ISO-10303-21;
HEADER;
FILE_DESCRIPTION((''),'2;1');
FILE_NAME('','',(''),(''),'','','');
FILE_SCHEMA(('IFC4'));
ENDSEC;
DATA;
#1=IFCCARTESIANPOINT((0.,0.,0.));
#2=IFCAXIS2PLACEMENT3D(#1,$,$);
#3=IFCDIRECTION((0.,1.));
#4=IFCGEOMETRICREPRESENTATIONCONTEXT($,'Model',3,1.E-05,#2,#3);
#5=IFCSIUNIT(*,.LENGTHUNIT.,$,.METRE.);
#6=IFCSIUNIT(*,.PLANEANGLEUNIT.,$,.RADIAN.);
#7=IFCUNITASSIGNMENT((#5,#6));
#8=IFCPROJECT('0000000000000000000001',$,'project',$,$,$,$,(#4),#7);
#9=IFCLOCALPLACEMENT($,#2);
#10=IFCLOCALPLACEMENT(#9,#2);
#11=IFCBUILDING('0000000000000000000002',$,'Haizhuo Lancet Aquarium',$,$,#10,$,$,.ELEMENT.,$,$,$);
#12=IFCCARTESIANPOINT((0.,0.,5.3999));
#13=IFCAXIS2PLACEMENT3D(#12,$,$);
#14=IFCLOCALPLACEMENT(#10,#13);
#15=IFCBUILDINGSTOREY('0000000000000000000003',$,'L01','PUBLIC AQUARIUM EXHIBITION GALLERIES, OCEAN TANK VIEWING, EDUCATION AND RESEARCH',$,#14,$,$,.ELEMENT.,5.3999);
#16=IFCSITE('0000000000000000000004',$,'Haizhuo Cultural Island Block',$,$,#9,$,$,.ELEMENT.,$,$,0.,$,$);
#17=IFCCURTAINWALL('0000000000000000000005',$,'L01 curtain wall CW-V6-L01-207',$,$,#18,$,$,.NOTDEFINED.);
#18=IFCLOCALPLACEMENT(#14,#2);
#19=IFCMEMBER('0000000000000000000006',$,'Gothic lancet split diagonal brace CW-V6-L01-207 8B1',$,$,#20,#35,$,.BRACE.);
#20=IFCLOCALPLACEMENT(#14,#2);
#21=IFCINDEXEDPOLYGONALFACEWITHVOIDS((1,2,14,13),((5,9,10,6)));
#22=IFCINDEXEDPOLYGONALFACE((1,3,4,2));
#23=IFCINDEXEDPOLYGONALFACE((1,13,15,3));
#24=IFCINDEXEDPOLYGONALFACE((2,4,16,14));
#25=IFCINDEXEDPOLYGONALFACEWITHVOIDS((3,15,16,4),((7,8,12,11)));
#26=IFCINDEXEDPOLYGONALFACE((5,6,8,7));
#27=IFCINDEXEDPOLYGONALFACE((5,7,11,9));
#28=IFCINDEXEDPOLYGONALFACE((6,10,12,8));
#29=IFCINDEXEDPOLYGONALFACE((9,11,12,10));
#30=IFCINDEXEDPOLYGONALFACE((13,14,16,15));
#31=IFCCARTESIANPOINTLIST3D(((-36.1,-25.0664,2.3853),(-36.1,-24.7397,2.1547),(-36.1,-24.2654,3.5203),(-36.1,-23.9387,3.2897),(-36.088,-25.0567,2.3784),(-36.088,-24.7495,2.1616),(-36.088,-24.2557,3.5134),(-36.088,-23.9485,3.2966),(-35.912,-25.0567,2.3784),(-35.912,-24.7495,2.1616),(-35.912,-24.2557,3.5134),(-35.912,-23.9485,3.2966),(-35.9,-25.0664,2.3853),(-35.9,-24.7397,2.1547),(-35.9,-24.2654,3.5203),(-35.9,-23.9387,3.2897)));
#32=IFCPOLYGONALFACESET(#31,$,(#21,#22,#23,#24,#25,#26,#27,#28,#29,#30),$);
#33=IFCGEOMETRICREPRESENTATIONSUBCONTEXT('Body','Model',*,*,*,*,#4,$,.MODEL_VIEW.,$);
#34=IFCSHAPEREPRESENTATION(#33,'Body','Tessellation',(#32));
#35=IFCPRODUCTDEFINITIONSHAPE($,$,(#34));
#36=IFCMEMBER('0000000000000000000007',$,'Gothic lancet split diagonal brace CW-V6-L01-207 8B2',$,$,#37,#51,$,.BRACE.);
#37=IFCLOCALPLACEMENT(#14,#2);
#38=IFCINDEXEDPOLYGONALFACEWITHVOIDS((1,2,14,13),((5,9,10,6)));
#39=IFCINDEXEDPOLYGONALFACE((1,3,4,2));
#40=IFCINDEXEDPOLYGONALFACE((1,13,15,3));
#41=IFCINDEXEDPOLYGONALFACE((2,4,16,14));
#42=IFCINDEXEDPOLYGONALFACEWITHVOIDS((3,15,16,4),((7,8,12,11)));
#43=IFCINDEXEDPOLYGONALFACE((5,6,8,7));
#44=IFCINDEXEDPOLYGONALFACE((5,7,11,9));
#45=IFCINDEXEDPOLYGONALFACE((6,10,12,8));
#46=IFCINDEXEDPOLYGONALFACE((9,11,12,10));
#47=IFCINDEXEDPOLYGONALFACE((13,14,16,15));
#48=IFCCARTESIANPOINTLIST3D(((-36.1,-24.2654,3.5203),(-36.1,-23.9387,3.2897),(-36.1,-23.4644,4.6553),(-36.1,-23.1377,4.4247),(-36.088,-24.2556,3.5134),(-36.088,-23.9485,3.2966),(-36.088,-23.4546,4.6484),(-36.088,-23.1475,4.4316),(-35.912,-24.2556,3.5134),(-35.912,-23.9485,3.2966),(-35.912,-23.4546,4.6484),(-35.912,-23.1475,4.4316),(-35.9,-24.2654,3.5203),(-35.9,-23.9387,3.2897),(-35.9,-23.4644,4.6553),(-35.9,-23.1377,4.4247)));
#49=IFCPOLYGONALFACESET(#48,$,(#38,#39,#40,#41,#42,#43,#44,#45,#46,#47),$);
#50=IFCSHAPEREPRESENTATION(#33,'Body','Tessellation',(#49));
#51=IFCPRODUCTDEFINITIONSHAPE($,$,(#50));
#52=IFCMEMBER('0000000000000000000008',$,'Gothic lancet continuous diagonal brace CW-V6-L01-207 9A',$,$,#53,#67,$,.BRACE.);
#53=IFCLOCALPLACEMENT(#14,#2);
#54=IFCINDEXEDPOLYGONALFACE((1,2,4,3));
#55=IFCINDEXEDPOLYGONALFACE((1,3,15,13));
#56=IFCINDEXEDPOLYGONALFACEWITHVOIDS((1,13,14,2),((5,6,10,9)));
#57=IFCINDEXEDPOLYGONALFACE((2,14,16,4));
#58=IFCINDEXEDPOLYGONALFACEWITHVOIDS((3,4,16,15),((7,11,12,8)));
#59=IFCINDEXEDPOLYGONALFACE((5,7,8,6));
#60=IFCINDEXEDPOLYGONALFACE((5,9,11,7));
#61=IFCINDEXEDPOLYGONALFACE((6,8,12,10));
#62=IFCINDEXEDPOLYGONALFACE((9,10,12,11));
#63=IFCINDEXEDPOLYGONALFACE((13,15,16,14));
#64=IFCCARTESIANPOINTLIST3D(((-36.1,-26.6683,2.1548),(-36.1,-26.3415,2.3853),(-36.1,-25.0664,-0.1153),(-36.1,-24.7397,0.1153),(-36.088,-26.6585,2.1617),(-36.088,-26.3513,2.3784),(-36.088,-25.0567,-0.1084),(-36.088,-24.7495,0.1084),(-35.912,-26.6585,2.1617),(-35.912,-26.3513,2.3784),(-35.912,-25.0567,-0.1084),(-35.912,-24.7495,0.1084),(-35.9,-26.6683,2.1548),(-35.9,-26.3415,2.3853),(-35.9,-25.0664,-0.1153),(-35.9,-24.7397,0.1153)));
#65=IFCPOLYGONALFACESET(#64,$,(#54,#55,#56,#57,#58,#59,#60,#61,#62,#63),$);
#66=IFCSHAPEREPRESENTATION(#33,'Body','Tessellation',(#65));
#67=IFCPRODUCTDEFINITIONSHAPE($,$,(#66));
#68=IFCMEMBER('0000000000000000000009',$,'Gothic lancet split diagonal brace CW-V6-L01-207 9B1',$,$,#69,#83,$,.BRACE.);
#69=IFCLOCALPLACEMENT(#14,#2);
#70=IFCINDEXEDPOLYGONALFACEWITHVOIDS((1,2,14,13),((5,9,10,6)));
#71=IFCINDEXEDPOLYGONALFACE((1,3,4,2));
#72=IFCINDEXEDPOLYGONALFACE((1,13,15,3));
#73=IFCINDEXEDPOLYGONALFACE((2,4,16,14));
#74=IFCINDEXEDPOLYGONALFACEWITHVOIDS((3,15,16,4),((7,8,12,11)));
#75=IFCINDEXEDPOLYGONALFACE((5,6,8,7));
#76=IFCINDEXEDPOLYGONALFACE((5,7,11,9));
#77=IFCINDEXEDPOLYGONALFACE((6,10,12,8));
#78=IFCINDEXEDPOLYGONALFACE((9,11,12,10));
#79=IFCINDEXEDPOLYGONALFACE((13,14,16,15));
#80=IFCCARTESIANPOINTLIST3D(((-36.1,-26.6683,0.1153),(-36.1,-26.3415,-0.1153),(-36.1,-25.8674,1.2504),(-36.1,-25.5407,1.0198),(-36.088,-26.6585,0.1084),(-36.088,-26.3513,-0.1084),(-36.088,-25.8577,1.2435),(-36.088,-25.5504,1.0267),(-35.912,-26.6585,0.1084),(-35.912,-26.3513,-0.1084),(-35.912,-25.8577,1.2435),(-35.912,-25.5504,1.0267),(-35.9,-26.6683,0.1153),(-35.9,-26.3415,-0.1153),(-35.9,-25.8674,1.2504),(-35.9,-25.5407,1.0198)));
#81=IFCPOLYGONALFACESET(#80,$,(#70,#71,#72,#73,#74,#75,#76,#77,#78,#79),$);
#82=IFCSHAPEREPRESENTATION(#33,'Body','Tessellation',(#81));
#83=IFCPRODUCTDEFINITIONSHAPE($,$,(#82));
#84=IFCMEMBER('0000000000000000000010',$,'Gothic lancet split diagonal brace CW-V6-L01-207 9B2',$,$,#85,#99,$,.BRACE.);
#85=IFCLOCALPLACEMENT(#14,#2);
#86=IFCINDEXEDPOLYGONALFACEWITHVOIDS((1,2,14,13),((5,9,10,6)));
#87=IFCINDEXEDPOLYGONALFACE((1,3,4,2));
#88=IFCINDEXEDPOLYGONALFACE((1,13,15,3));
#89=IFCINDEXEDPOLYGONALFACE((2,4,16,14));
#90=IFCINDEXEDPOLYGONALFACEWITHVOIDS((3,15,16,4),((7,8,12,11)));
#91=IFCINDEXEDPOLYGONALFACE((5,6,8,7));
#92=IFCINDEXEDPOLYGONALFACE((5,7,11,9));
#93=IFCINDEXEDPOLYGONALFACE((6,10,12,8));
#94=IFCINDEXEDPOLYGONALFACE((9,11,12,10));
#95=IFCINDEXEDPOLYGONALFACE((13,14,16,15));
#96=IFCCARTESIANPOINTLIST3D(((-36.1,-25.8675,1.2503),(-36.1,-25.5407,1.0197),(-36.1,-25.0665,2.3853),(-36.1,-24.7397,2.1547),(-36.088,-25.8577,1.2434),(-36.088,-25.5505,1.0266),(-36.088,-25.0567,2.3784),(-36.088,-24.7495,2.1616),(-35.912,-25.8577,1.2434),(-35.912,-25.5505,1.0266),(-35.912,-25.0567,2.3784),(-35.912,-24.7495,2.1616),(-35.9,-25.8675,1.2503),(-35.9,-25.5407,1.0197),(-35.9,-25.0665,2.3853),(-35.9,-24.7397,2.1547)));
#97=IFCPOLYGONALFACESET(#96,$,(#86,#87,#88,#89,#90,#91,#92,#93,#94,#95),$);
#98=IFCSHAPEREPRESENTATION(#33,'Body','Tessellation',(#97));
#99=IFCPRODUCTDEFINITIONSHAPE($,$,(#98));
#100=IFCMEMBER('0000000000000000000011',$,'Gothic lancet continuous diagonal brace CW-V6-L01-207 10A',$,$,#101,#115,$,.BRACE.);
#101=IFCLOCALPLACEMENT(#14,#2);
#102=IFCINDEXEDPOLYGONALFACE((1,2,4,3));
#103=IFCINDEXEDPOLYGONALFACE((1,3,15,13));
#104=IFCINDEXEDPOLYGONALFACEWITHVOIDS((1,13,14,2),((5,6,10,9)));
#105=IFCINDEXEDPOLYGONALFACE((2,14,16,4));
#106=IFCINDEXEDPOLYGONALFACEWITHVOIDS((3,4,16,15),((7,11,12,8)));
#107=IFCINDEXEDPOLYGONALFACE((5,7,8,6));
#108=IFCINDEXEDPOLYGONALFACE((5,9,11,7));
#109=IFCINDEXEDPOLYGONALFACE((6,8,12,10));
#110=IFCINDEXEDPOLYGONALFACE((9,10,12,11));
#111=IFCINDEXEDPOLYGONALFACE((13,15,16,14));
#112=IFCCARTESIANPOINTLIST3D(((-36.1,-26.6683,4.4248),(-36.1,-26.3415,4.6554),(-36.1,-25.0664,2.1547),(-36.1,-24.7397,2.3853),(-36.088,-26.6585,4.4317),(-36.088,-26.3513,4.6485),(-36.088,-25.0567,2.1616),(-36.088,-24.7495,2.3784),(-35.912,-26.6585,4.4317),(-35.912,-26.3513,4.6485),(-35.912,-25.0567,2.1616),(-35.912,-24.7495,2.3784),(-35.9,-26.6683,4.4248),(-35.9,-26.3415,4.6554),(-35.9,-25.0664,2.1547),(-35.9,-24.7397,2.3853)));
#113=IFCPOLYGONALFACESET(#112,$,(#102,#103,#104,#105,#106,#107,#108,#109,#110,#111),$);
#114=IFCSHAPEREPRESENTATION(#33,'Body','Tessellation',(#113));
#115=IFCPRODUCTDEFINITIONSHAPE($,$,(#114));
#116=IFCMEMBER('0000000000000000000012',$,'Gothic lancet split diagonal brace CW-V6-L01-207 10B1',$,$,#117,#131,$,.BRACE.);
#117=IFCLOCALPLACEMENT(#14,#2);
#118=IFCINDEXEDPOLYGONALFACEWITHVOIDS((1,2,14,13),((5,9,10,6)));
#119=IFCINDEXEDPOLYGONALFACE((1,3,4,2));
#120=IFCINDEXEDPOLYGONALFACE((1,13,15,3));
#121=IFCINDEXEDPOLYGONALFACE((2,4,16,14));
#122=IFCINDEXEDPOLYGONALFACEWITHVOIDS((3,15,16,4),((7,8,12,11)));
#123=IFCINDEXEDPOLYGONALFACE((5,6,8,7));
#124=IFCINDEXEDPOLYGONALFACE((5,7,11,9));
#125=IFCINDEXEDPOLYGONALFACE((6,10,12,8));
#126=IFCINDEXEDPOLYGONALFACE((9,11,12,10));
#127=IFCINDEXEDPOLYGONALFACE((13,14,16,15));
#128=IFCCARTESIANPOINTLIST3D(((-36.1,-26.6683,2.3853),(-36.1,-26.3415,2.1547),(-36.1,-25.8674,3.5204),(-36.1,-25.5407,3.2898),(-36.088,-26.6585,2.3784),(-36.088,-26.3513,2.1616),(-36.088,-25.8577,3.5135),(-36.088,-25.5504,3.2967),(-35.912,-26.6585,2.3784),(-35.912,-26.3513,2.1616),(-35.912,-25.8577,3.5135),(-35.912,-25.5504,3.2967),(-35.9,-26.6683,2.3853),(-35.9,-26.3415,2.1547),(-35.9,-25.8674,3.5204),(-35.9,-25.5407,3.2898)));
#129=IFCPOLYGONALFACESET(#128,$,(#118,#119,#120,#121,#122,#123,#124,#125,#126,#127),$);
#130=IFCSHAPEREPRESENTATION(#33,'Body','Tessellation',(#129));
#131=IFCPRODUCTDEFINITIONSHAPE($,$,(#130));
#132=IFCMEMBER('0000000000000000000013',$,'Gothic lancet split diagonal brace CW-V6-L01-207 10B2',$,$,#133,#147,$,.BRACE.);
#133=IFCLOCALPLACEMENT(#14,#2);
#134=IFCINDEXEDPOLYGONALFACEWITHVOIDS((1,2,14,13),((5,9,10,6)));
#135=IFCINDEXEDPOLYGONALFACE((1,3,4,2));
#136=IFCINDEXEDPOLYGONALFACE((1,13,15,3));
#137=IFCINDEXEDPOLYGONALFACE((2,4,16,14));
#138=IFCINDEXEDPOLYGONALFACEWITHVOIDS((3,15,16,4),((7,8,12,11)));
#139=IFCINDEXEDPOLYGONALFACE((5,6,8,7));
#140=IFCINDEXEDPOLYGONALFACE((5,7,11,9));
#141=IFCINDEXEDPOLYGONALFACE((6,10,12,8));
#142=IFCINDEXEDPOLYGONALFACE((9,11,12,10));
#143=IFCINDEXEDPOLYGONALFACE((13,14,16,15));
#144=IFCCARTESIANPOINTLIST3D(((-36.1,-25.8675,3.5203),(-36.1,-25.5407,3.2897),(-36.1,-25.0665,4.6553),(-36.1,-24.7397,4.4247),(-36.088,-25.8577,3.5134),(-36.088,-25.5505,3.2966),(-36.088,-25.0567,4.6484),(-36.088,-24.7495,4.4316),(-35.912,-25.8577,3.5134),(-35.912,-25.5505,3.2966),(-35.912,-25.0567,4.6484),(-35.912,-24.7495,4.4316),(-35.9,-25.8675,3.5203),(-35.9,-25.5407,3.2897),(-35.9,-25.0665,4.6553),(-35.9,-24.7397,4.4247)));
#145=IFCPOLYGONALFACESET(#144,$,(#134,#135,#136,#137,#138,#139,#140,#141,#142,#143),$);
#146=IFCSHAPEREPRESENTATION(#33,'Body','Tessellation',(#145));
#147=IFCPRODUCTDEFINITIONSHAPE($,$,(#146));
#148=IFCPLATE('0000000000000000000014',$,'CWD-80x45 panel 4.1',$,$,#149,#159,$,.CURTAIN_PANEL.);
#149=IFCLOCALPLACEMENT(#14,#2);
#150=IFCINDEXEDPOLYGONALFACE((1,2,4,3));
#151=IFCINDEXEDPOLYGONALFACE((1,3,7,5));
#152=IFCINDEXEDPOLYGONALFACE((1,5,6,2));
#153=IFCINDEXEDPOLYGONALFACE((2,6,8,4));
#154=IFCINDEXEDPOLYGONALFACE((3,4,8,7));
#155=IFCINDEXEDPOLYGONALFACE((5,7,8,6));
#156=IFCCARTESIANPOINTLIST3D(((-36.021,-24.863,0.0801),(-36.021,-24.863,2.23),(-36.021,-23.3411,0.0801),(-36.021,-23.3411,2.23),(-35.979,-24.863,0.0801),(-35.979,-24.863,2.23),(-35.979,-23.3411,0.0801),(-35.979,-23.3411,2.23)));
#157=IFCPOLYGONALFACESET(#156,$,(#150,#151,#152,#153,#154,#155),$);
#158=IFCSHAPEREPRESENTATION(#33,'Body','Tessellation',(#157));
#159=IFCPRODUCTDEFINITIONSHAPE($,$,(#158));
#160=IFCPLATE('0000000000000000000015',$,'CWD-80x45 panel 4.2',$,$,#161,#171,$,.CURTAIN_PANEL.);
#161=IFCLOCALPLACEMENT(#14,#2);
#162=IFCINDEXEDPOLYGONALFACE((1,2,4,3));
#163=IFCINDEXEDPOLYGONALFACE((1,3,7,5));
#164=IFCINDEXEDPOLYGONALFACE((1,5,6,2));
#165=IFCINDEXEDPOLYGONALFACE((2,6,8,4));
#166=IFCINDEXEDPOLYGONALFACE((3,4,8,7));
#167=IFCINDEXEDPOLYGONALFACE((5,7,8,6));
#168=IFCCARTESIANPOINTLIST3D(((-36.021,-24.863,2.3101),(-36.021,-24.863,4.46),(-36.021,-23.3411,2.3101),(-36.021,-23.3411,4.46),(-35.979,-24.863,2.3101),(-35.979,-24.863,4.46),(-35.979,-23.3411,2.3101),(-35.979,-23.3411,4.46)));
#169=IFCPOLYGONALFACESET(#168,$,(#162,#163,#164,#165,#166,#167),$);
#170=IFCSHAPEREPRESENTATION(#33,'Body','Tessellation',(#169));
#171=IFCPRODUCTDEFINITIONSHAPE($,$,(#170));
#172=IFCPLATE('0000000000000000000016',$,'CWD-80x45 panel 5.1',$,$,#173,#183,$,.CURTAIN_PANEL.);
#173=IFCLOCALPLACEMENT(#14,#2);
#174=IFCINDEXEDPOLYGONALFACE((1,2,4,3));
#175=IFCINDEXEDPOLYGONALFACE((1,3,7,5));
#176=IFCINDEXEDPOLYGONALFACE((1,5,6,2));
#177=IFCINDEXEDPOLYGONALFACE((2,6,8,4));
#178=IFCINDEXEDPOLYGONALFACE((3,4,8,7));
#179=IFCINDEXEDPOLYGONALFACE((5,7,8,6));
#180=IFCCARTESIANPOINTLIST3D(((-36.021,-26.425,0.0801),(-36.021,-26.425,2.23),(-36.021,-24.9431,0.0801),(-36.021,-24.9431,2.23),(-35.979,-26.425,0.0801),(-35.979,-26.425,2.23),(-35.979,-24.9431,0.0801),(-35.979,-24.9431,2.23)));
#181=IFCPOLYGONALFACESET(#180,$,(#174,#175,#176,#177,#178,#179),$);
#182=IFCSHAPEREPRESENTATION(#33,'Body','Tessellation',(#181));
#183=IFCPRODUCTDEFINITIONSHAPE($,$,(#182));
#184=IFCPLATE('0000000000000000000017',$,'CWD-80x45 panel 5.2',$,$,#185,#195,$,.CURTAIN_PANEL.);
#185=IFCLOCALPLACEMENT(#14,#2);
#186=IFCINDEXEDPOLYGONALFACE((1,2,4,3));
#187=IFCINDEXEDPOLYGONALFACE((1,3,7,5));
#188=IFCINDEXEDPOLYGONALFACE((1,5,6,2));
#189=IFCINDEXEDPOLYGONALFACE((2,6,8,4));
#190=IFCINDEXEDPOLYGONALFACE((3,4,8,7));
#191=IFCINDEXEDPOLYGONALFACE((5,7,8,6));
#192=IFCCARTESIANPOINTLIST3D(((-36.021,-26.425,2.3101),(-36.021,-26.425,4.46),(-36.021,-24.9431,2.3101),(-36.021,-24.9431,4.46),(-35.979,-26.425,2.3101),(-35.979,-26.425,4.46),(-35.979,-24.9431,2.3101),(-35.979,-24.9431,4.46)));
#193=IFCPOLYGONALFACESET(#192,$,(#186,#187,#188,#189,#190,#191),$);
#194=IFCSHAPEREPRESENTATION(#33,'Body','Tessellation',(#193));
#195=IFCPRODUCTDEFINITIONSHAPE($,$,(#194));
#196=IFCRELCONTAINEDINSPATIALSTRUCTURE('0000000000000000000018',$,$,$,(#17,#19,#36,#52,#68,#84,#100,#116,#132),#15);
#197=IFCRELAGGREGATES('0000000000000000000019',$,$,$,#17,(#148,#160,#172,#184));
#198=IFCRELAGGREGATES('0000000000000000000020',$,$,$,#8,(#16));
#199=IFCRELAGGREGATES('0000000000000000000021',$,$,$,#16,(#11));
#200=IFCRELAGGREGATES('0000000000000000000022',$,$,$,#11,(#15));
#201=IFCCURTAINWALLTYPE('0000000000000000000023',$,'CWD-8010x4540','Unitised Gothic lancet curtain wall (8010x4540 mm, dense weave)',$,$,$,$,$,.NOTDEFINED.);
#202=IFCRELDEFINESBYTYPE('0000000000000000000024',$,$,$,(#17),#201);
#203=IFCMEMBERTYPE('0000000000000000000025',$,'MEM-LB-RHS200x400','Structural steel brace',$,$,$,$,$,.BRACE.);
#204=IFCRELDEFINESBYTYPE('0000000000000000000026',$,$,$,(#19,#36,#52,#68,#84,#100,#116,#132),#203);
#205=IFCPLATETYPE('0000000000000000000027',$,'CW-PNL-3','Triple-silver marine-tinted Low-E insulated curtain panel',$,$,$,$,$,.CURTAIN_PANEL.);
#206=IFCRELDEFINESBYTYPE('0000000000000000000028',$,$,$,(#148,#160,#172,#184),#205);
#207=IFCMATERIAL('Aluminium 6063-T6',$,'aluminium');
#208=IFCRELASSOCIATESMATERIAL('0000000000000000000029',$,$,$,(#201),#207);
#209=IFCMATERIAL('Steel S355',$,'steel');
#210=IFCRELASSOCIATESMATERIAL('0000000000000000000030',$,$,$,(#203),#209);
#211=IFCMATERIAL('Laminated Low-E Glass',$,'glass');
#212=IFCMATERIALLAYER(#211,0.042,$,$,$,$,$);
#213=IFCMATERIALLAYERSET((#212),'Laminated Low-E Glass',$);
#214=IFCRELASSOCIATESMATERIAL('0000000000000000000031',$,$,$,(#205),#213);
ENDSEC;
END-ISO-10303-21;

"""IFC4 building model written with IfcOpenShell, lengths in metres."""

from ifc_helpers import new_model, si_unit, direction, frame, origin, origin_2d, place, context, subcontext, project, spatial, rectangle, hollow_rectangle, extrude, material, layer, layer_set, material_profile, profile_set, type_object, element, aggregate, save


model = new_model("IFC4")

# Units and contexts
model_context = context("Model", 3, precision=1e-05, world=origin(), true_north=direction((0.0, 1.0)))
body_context = subcontext(model_context, "Body", "Model", "MODEL_VIEW")
ifc_project = project(units=[si_unit("LENGTHUNIT", "METRE"), si_unit("PLANEANGLEUNIT", "RADIAN")], contexts=[model_context])

# Site, building, storey
site_placement = place(None, origin())
site = spatial("IfcSite", under=ifc_project, at=site_placement, Name="Haizhuo Cultural Island Block", CompositionType="ELEMENT", RefElevation=0.0)
building_placement = place(site_placement, origin())
building = spatial("IfcBuilding", under=site, at=building_placement, Name="Haizhuo Lancet Aquarium", CompositionType="ELEMENT")
storey_placement = place(building_placement, frame((0.0, 0.0, 5.3999)))
storey = spatial("IfcBuildingStorey", under=building, at=storey_placement, Name="L01", Description="PUBLIC AQUARIUM EXHIBITION GALLERIES, OCEAN TANK VIEWING, EDUCATION AND RESEARCH", CompositionType="ELEMENT", Elevation=5.3999)

# Shared definitions
ifc_material_1 = material(Name="Steel S355", Category="steel")

# Curtain wall
ifc_material_2 = material(Name="Aluminium 6063-T6", Category="aluminium")
curtain_wall_type = type_object("IfcCurtainWallType", Name="CWD-8010x4540", Description="Unitised Gothic lancet curtain wall (8010x4540 mm, dense weave)", PredefinedType="NOTDEFINED", material=ifc_material_2)
curtain_wall_placement = place(storey_placement, origin())
curtain_wall = element("IfcCurtainWall", 1, at=curtain_wall_placement, inside=storey, type_object=curtain_wall_type, Name="L01 curtain wall CW-V6-L01-207", PredefinedType="NOTDEFINED")

# Members
ifc_material_profile_1 = material_profile(ifc_material_1, hollow_rectangle(XDim=0.2, YDim=0.3999, WallThickness=0.012, at=origin_2d()), Name="RHS 200x400x12")
ifc_profile_set_1 = profile_set([ifc_material_profile_1], Name="Steel S355")
member_type_1 = type_object("IfcMemberType", Name="MEM-LB-RHS200x400", Description="Structural steel brace", PredefinedType="BRACE", material=ifc_profile_set_1)
for number, where, z_axis, x_axis, name in (
    (2, (-36.0, -24.9031, 2.27), (0.0, 0.576607, 0.817021), (-1.0, 0.0, 0.0), "Gothic lancet split diagonal brace CW-V6-L01-207 8B1"),
    (3, (-36.0, -24.1021, 3.405), (0.0, 0.576607, 0.817021), (-1.0, 0.0, 0.0), "Gothic lancet split diagonal brace CW-V6-L01-207 8B2"),
):
    element("IfcMember", number, at=place(storey_placement, frame(where, z_axis=z_axis, x_axis=x_axis)), inside=storey, type_object=member_type_1, Name=name, PredefinedType="BRACE", context=body_context, shape_type="SweptSolid", body=[
        extrude(hollow_rectangle(XDim=0.2, YDim=0.3999, WallThickness=0.012, at=origin_2d()), origin(), (0.0, 0.0, 1.0), 1.3892),
    ])
member_1_placement = place(storey_placement, frame((-36.0, -24.9031, 0.0), z_axis=(0.0, -0.576549, 0.817063), x_axis=(1.0, 0.0, 0.0)))
element("IfcMember", 4, at=member_1_placement, inside=storey, type_object=member_type_1, Name="Gothic lancet continuous diagonal brace CW-V6-L01-207 9A", PredefinedType="BRACE", context=body_context, shape_type="SweptSolid", body=[
    extrude(hollow_rectangle(XDim=0.2, YDim=0.3999, WallThickness=0.012, at=origin_2d()), origin(), (0.0, 0.0, 1.0), 2.7783),
])
for number, where, z_axis, x_axis, name in (
    (5, (-36.0, -26.5049, 0.0), (0.0, 0.57649, 0.817104), (-1.0, 0.0, 0.0), "Gothic lancet split diagonal brace CW-V6-L01-207 9B1"),
    (6, (-36.0, -25.7041, 1.135), (0.0, 0.576607, 0.817021), (-1.0, 0.0, 0.0), "Gothic lancet split diagonal brace CW-V6-L01-207 9B2"),
):
    element("IfcMember", number, at=place(storey_placement, frame(where, z_axis=z_axis, x_axis=x_axis)), inside=storey, type_object=member_type_1, Name=name, PredefinedType="BRACE", context=body_context, shape_type="SweptSolid", body=[
        extrude(hollow_rectangle(XDim=0.2, YDim=0.3999, WallThickness=0.012, at=origin_2d()), origin(), (0.0, 0.0, 1.0), 1.3892),
    ])
member_2_placement = place(storey_placement, frame((-36.0, -24.9031, 2.27), z_axis=(0.0, -0.576549, 0.817063), x_axis=(1.0, 0.0, 0.0)))
element("IfcMember", 7, at=member_2_placement, inside=storey, type_object=member_type_1, Name="Gothic lancet continuous diagonal brace CW-V6-L01-207 10A", PredefinedType="BRACE", context=body_context, shape_type="SweptSolid", body=[
    extrude(hollow_rectangle(XDim=0.2, YDim=0.3999, WallThickness=0.012, at=origin_2d()), origin(), (0.0, 0.0, 1.0), 2.7783),
])
for number, where, z_axis, x_axis, name in (
    (8, (-36.0, -26.5049, 2.27), (0.0, 0.57649, 0.817104), (-1.0, 0.0, 0.0), "Gothic lancet split diagonal brace CW-V6-L01-207 10B1"),
    (9, (-36.0, -25.7041, 3.405), (0.0, 0.576607, 0.817021), (-1.0, 0.0, 0.0), "Gothic lancet split diagonal brace CW-V6-L01-207 10B2"),
):
    element("IfcMember", number, at=place(storey_placement, frame(where, z_axis=z_axis, x_axis=x_axis)), inside=storey, type_object=member_type_1, Name=name, PredefinedType="BRACE", context=body_context, shape_type="SweptSolid", body=[
        extrude(hollow_rectangle(XDim=0.2, YDim=0.3999, WallThickness=0.012, at=origin_2d()), origin(), (0.0, 0.0, 1.0), 1.3892),
    ])

# Plates
ifc_material_3 = material(Name="Laminated Low-E Glass", Category="glass")
ifc_layer_1 = layer(ifc_material_3, 0.042)
ifc_layer_set_1 = layer_set([ifc_layer_1], Name="Laminated Low-E Glass")
plate_type = type_object("IfcPlateType", Name="CW-PNL-3", Description="Triple-silver marine-tinted Low-E insulated curtain panel", PredefinedType="CURTAIN_PANEL", material=ifc_layer_set_1)
plate_1_placement = place(storey_placement, frame((-36.0, -24.1021, 0.0801), z_axis=(0.0, 0.0, 1.0), x_axis=(0.0, -1.0, 0.0)))
plate_1 = element("IfcPlate", 10, at=plate_1_placement, type_object=plate_type, Name="CWD-80x45 panel 4.1", PredefinedType="CURTAIN_PANEL", context=body_context, shape_type="SweptSolid", body=[
    extrude(rectangle(XDim=1.522, YDim=0.042, at=origin_2d()), origin(), (0.0, 0.0, 1.0), 2.1499),
])
plate_2_placement = place(storey_placement, frame((-36.0, -24.1021, 2.3101), z_axis=(0.0, 0.0, 1.0), x_axis=(0.0, -1.0, 0.0)))
plate_2 = element("IfcPlate", 11, at=plate_2_placement, type_object=plate_type, Name="CWD-80x45 panel 4.2", PredefinedType="CURTAIN_PANEL", context=body_context, shape_type="SweptSolid", body=[
    extrude(rectangle(XDim=1.522, YDim=0.042, at=origin_2d()), origin(), (0.0, 0.0, 1.0), 2.1499),
])
plate_3_placement = place(storey_placement, frame((-36.0, -25.6841, 0.0801), z_axis=(0.0, 0.0, 1.0), x_axis=(0.0, -1.0, 0.0)))
plate_3 = element("IfcPlate", 12, at=plate_3_placement, type_object=plate_type, Name="CWD-80x45 panel 5.1", PredefinedType="CURTAIN_PANEL", context=body_context, shape_type="SweptSolid", body=[
    extrude(rectangle(XDim=1.4819, YDim=0.042, at=origin_2d()), origin(), (0.0, 0.0, 1.0), 2.1499),
])
plate_4_placement = place(storey_placement, frame((-36.0, -25.6841, 2.3101), z_axis=(0.0, 0.0, 1.0), x_axis=(0.0, -1.0, 0.0)))
plate_4 = element("IfcPlate", 13, at=plate_4_placement, type_object=plate_type, Name="CWD-80x45 panel 5.2", PredefinedType="CURTAIN_PANEL", context=body_context, shape_type="SweptSolid", body=[
    extrude(rectangle(XDim=1.4819, YDim=0.042, at=origin_2d()), origin(), (0.0, 0.0, 1.0), 2.1499),
])
aggregate(curtain_wall, [plate_1, plate_2, plate_3, plate_4])

save(model, "model.ifc")
